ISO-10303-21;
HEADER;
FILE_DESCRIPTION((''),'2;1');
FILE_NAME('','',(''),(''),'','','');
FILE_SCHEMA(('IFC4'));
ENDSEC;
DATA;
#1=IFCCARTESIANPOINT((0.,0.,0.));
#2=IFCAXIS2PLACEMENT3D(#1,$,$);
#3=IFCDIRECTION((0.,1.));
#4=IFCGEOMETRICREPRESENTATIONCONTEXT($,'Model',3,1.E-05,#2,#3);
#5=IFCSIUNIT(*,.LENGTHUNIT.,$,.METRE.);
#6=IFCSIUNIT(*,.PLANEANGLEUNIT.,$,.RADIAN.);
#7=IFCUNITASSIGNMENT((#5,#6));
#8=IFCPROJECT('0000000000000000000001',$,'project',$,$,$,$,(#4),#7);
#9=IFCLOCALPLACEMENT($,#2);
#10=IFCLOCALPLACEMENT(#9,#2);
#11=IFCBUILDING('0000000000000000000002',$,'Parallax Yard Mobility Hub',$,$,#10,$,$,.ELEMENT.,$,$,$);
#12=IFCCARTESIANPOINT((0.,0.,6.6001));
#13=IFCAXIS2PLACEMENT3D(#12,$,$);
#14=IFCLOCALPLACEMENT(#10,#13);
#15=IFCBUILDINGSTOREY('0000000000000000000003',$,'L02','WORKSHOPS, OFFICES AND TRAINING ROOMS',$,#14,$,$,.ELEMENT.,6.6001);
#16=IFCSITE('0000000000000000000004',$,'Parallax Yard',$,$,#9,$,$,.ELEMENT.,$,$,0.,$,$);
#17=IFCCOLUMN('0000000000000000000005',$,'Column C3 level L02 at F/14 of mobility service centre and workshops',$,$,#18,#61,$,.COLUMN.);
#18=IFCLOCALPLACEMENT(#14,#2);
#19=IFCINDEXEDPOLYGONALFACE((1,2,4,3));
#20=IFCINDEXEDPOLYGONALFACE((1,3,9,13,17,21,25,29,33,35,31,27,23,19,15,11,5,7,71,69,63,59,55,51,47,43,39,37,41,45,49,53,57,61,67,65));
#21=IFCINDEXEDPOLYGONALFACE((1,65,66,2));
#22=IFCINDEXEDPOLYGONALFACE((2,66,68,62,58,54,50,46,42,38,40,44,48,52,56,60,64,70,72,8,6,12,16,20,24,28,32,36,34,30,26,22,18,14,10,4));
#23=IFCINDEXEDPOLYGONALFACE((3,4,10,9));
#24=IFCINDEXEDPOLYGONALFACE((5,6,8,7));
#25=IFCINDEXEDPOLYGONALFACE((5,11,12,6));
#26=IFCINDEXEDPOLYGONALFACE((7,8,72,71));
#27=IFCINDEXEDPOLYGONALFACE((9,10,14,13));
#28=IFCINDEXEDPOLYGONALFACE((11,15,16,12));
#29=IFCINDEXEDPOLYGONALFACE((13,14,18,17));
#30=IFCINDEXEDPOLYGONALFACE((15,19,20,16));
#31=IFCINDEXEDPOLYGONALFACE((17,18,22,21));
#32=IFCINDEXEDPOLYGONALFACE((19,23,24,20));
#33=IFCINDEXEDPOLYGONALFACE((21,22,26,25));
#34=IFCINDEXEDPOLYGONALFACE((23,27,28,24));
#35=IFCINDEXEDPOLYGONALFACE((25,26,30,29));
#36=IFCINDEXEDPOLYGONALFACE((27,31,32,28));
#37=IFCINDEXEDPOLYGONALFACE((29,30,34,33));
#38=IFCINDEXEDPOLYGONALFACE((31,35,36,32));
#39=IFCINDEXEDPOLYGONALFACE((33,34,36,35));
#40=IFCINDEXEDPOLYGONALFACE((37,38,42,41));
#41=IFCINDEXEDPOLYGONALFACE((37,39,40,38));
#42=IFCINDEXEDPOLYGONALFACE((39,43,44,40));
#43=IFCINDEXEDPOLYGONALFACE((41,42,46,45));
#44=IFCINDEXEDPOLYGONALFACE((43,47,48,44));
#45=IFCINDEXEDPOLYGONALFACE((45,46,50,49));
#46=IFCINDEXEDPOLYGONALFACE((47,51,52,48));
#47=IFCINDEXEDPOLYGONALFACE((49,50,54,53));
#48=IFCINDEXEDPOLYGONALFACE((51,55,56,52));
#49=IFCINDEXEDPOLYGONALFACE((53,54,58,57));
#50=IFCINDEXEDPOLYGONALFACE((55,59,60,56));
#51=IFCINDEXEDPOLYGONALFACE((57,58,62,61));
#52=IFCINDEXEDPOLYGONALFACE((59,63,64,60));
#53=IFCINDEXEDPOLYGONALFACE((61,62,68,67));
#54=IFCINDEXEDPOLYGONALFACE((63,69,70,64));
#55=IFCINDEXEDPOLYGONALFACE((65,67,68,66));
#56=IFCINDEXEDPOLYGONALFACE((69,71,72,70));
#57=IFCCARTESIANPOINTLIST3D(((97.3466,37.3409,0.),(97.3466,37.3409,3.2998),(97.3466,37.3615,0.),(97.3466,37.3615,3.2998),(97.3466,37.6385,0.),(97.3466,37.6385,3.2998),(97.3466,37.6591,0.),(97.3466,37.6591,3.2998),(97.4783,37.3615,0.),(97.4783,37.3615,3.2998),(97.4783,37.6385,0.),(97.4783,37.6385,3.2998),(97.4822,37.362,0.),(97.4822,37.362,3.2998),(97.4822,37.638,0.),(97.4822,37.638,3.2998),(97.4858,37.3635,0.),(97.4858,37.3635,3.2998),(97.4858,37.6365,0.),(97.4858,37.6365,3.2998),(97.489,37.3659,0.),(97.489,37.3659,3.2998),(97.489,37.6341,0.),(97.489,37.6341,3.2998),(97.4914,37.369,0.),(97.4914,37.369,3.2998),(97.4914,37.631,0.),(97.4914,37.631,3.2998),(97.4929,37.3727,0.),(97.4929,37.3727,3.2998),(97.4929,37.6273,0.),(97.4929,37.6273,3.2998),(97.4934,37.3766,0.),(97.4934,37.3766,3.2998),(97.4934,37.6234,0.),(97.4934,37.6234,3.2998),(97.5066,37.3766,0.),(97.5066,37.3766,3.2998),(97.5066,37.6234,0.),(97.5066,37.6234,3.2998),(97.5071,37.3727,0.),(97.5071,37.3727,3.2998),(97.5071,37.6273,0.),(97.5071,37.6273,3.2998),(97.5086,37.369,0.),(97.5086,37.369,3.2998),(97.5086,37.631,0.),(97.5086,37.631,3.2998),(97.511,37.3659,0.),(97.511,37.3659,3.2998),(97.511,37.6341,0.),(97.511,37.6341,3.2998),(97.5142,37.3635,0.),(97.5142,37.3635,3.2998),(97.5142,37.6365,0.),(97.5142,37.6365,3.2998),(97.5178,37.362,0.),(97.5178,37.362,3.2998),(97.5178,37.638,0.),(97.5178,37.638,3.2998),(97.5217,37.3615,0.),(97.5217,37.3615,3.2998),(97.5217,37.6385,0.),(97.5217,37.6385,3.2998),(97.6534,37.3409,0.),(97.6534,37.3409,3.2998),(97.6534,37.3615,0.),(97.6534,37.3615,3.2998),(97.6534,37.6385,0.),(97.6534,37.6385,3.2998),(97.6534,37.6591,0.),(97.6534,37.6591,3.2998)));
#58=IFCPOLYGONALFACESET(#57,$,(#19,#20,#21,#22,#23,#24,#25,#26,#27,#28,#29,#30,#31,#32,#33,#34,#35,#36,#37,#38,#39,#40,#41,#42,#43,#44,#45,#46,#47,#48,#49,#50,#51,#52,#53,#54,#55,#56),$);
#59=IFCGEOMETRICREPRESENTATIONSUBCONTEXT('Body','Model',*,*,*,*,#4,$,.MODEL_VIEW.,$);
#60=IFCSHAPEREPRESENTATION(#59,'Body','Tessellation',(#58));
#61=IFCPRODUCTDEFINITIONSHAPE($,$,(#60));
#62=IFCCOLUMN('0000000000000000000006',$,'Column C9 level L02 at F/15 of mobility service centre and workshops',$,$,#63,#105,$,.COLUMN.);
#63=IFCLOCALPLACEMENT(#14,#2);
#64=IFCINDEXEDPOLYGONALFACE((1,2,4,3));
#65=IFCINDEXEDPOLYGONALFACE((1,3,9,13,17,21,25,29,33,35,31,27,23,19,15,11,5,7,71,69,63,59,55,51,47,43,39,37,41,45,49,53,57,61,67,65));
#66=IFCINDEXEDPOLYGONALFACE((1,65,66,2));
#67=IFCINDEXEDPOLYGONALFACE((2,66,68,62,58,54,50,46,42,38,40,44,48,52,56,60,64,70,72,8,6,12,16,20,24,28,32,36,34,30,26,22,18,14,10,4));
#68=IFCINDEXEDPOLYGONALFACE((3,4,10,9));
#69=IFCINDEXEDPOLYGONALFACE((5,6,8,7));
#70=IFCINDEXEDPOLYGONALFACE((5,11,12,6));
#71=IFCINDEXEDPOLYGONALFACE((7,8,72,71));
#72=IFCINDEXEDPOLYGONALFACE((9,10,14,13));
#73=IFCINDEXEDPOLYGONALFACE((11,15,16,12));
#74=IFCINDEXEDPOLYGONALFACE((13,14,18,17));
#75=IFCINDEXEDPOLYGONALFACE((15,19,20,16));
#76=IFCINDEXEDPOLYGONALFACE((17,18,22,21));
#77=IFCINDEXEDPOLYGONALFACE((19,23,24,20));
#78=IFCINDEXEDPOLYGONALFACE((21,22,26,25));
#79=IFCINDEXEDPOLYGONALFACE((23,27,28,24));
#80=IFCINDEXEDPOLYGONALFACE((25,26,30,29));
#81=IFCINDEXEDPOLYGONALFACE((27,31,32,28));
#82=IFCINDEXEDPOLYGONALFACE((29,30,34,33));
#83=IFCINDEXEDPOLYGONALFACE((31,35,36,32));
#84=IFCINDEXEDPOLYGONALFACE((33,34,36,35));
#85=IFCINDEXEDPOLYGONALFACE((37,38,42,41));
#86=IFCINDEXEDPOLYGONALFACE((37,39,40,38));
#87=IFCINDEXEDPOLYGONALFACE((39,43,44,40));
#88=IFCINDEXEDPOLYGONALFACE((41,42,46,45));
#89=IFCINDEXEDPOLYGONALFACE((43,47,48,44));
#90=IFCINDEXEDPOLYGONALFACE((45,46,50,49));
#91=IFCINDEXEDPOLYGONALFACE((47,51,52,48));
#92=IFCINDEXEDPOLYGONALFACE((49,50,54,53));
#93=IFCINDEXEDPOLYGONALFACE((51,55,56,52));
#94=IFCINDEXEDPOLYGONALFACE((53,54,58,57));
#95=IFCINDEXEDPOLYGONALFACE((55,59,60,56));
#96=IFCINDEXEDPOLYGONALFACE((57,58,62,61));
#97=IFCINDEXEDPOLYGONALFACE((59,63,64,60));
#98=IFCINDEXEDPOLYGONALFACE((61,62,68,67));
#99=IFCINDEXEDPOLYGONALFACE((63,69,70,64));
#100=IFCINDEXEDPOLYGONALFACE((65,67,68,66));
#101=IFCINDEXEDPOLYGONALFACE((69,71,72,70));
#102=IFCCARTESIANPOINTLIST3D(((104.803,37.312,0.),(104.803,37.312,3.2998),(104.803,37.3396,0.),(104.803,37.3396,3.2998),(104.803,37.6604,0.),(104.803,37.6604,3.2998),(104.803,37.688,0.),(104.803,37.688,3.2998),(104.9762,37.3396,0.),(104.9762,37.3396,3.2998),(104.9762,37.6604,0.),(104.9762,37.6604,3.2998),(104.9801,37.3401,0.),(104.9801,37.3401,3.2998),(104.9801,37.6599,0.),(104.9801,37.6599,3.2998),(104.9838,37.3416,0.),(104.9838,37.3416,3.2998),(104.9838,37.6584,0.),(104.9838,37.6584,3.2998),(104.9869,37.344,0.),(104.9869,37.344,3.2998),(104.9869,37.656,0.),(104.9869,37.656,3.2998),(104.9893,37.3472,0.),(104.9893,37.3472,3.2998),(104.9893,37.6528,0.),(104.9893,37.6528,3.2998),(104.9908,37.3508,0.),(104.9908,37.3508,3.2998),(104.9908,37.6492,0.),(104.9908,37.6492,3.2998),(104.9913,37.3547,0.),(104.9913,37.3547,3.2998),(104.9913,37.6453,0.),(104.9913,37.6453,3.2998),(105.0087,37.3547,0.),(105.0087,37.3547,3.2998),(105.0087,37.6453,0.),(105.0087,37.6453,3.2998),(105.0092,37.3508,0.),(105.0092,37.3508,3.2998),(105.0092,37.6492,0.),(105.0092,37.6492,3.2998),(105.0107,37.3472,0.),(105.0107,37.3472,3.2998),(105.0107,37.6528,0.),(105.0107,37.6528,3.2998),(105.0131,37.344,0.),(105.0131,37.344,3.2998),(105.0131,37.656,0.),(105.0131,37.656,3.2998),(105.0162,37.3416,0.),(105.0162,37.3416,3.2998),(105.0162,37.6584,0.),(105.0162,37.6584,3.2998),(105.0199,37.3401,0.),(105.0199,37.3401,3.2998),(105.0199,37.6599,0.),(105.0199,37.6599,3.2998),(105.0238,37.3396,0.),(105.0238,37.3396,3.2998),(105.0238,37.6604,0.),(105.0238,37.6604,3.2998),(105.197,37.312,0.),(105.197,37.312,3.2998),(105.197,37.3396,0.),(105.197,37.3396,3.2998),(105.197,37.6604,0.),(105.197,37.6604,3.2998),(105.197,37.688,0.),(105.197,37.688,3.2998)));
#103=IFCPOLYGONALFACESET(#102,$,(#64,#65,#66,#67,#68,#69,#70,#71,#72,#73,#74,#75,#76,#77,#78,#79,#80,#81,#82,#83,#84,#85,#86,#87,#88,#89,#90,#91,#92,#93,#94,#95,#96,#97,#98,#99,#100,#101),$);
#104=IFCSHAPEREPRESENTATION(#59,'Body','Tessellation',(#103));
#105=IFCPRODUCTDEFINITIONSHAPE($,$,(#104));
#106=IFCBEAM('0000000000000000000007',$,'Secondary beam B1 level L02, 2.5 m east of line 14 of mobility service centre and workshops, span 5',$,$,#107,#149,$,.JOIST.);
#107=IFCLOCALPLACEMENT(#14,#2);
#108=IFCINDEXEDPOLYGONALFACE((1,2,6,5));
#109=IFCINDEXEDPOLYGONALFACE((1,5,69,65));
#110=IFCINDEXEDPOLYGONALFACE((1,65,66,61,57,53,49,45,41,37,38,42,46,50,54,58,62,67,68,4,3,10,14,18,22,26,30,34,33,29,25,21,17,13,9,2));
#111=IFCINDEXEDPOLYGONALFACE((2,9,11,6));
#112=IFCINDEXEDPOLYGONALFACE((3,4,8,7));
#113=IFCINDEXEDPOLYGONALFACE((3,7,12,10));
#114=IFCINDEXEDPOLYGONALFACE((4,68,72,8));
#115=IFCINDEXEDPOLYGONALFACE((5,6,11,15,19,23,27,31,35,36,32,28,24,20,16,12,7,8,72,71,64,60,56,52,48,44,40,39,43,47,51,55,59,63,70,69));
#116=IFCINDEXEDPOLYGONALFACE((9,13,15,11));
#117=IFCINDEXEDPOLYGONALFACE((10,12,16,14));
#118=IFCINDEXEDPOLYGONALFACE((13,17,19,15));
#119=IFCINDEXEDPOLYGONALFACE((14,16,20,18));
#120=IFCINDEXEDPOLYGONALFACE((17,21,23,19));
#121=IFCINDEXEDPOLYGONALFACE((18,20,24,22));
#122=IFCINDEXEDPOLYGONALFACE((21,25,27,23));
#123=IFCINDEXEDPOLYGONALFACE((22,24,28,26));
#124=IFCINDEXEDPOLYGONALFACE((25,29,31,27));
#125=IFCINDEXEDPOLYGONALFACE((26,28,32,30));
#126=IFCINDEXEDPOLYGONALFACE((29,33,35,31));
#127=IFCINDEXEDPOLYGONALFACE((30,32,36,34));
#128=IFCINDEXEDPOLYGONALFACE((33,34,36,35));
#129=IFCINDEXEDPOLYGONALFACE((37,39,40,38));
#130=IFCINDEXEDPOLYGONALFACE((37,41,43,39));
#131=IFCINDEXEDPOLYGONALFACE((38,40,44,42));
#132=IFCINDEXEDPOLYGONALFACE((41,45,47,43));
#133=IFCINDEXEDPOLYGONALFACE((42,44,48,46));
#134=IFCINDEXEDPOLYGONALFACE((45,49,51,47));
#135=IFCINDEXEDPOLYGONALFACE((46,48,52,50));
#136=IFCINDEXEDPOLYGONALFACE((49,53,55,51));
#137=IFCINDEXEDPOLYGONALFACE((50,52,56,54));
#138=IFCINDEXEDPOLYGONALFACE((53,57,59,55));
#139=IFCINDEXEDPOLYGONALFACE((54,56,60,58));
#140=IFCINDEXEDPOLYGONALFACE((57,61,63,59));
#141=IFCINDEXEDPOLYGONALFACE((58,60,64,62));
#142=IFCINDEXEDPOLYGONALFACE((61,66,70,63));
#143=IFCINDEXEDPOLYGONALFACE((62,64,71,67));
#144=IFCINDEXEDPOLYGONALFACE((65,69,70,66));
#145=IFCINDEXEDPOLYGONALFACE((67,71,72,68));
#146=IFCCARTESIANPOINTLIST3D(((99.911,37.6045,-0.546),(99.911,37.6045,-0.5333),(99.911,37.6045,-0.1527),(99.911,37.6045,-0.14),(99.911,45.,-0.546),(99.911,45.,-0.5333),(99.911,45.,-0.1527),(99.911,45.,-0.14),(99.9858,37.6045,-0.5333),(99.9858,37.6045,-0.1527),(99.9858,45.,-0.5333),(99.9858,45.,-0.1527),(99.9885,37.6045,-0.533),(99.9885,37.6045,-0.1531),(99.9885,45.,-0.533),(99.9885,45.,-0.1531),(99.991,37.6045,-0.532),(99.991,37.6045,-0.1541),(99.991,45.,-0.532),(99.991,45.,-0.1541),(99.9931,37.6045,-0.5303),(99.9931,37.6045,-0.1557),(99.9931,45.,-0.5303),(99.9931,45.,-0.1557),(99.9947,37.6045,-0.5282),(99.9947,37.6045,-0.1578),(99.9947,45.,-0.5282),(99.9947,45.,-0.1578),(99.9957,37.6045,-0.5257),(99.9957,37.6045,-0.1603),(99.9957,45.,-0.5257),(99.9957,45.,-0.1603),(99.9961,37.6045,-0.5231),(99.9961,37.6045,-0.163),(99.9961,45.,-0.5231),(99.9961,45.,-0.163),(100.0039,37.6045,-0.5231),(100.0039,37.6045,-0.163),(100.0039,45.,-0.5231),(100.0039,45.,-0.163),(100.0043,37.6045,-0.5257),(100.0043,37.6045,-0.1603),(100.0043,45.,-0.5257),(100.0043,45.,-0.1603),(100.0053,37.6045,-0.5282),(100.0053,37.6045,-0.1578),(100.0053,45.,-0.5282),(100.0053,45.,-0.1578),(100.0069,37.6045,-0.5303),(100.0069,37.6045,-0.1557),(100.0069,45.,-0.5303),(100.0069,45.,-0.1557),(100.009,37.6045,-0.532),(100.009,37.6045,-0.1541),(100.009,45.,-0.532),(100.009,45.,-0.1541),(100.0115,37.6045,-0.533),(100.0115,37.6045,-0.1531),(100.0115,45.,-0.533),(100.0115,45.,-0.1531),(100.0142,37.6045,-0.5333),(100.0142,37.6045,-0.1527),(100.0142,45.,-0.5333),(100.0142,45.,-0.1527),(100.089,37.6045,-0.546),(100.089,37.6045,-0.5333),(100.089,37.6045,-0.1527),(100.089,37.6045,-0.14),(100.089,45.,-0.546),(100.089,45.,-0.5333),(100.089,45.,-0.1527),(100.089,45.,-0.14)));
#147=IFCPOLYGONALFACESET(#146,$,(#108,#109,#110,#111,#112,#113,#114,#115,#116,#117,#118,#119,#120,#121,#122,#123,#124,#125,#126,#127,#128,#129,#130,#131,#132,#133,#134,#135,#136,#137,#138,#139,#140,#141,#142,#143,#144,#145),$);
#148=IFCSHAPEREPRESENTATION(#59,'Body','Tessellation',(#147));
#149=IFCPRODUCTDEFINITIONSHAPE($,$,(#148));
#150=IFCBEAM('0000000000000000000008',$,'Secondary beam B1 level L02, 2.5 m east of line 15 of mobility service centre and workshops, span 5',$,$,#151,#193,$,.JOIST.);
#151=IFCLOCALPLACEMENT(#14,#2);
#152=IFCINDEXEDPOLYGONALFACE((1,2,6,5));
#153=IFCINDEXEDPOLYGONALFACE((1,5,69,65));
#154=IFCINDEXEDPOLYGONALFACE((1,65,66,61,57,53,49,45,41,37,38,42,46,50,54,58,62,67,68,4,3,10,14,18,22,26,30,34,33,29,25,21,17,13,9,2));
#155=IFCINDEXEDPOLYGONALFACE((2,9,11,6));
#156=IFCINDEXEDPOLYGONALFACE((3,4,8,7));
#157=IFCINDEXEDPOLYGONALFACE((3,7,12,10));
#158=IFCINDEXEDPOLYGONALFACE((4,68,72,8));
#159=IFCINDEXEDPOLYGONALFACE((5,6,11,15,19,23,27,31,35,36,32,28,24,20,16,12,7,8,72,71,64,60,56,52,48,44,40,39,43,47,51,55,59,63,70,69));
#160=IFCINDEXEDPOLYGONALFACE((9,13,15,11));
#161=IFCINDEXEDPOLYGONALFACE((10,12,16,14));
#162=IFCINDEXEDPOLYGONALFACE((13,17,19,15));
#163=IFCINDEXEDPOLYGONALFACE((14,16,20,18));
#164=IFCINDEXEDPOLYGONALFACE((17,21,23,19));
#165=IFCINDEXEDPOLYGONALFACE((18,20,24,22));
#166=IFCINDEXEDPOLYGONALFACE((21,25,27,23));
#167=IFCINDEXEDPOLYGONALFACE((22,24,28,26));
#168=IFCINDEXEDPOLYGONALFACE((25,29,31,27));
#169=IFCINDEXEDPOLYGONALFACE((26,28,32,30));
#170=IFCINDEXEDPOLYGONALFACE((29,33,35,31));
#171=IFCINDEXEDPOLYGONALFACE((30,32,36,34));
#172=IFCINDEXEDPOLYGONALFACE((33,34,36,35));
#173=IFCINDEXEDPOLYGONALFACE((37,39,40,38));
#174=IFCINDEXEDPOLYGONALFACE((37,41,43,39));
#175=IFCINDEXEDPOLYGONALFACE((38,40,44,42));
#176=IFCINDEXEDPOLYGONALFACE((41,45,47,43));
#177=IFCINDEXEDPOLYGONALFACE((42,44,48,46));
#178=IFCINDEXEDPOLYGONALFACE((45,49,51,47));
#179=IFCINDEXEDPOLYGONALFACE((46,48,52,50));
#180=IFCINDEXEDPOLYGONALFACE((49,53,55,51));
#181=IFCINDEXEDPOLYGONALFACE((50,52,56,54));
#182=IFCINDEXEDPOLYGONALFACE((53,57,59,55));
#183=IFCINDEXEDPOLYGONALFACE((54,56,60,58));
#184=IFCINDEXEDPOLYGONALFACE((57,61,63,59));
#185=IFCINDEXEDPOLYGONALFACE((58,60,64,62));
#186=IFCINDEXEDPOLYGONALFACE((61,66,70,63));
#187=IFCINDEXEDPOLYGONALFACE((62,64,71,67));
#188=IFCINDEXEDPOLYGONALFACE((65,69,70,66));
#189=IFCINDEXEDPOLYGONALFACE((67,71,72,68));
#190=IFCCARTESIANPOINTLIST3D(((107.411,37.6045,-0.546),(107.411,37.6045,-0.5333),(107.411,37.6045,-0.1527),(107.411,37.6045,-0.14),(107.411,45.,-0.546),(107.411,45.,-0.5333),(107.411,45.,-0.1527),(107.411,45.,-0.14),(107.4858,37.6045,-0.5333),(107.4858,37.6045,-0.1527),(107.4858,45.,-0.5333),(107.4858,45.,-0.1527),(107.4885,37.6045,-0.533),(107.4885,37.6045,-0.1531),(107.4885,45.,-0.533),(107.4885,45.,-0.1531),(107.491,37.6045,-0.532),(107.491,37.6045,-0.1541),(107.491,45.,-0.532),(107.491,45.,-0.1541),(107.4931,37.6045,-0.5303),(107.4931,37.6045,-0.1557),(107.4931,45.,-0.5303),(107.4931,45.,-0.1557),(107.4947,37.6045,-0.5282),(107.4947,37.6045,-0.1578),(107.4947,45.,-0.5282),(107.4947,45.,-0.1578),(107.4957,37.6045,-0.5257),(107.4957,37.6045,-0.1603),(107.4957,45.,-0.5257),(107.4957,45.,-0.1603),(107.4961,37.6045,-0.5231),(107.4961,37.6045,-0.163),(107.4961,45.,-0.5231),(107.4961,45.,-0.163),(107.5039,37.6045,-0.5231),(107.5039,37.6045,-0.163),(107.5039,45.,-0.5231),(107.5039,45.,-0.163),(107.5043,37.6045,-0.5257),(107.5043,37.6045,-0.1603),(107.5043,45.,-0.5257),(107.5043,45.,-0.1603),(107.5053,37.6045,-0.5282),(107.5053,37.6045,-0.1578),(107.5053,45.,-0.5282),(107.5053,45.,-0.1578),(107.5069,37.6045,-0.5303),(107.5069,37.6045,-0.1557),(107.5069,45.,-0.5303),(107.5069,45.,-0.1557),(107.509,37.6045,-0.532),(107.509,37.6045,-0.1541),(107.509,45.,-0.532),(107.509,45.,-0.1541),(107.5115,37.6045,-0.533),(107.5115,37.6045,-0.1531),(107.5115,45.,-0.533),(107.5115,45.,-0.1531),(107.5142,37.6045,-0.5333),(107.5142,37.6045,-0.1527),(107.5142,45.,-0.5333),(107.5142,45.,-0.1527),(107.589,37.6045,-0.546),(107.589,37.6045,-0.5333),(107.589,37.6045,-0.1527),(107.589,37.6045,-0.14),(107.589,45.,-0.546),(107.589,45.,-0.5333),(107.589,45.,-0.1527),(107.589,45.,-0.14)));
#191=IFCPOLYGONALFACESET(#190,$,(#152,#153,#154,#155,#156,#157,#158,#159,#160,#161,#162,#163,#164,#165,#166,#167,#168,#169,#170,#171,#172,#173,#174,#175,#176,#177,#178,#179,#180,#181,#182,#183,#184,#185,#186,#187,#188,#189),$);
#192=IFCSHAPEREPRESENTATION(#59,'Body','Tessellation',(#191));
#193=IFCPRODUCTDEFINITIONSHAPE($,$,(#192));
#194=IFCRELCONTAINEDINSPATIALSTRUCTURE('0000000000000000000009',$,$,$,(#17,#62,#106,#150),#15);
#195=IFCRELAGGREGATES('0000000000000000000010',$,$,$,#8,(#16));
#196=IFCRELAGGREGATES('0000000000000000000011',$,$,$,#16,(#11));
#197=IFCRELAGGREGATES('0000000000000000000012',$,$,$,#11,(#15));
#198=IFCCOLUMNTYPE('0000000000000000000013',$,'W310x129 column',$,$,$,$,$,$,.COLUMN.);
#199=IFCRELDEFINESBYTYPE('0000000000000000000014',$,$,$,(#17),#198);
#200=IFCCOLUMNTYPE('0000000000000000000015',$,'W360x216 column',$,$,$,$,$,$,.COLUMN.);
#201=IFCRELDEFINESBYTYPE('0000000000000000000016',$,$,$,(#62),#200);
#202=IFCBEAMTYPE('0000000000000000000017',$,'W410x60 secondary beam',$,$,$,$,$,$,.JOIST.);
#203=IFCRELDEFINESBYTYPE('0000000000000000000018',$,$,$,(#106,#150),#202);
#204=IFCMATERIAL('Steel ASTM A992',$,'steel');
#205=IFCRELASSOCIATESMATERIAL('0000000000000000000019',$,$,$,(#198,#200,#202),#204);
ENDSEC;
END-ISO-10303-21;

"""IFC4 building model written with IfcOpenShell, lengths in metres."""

from ifc_helpers import new_model, si_unit, direction, frame, origin, origin_2d, place, context, subcontext, project, spatial, i_section, extrude, material, material_profile, profile_set, type_object, element, save


model = new_model("IFC4")

# Units and contexts
model_context = context("Model", 3, precision=1e-05, world=origin(), true_north=direction((0.0, 1.0)))
body_context = subcontext(model_context, "Body", "Model", "MODEL_VIEW")
ifc_project = project(units=[si_unit("LENGTHUNIT", "METRE"), si_unit("PLANEANGLEUNIT", "RADIAN")], contexts=[model_context])

# Site, building, storey
site_placement = place(None, origin())
site = spatial("IfcSite", under=ifc_project, at=site_placement, Name="Parallax Yard", CompositionType="ELEMENT", RefElevation=0.0)
building_placement = place(site_placement, origin())
building = spatial("IfcBuilding", under=site, at=building_placement, Name="Parallax Yard Mobility Hub", CompositionType="ELEMENT")
storey_placement = place(building_placement, frame((0.0, 0.0, 6.6001)))
storey = spatial("IfcBuildingStorey", under=building, at=storey_placement, Name="L02", Description="WORKSHOPS, OFFICES AND TRAINING ROOMS", CompositionType="ELEMENT", Elevation=6.6001)

# Columns
ifc_material_1 = material(Name="Steel ASTM A992", Category="steel")
ifc_material_profile_1 = material_profile(ifc_material_1, i_section(OverallWidth=0.3069, OverallDepth=0.3181, WebThickness=0.0132, FlangeThickness=0.0205, FilletRadius=0.0151, at=origin_2d()), Name="W310x129")
ifc_profile_set_1 = profile_set([ifc_material_profile_1], Name="Steel ASTM A992")
column_type_1 = type_object("IfcColumnType", Name="W310x129 column", PredefinedType="COLUMN", material=ifc_profile_set_1)
column_1_placement = place(storey_placement, frame((97.5, 37.5, 0.0), z_axis=(0.0, 0.0, 1.0), x_axis=(1.0, 0.0, 0.0)))
element("IfcColumn", 1, at=column_1_placement, inside=storey, type_object=column_type_1, Name="Column C3 level L02 at F/14 of mobility service centre and workshops", PredefinedType="COLUMN", context=body_context, shape_type="SweptSolid", body=[
    extrude(i_section(OverallWidth=0.3069, OverallDepth=0.3181, WebThickness=0.0132, FlangeThickness=0.0205, FilletRadius=0.0151, at=origin_2d()), origin(), (0.0, 0.0, 1.0), 3.2998),
])
ifc_material_profile_2 = material_profile(ifc_material_1, i_section(OverallWidth=0.394, OverallDepth=0.376, WebThickness=0.0173, FlangeThickness=0.0276, FilletRadius=0.0151, at=origin_2d()), Name="W360x216")
ifc_profile_set_2 = profile_set([ifc_material_profile_2], Name="Steel ASTM A992")
column_type_2 = type_object("IfcColumnType", Name="W360x216 column", PredefinedType="COLUMN", material=ifc_profile_set_2)
column_2_placement = place(storey_placement, frame((105.0, 37.5, 0.0), z_axis=(0.0, 0.0, 1.0), x_axis=(1.0, 0.0, 0.0)))
element("IfcColumn", 2, at=column_2_placement, inside=storey, type_object=column_type_2, Name="Column C9 level L02 at F/15 of mobility service centre and workshops", PredefinedType="COLUMN", context=body_context, shape_type="SweptSolid", body=[
    extrude(i_section(OverallWidth=0.394, OverallDepth=0.376, WebThickness=0.0173, FlangeThickness=0.0276, FilletRadius=0.0151, at=origin_2d()), origin(), (0.0, 0.0, 1.0), 3.2998),
])

# Beams
ifc_material_profile_3 = material_profile(ifc_material_1, i_section(OverallWidth=0.178, OverallDepth=0.406, WebThickness=0.0078, FlangeThickness=0.0127, FilletRadius=0.0103, at=origin_2d()), Name="W410x60")
ifc_profile_set_3 = profile_set([ifc_material_profile_3], Name="Steel ASTM A992")
beam_type_1 = type_object("IfcBeamType", Name="W410x60 secondary beam", PredefinedType="JOIST", material=ifc_profile_set_3)
for number, where, z_axis, x_axis, name in (
    (3, (100.0, 37.6045, -0.343), (0.0, 1.0, 0.0), (-1.0, 0.0, 0.0), "Secondary beam B1 level L02, 2.5 m east of line 14 of mobility service centre and workshops, span 5"),
    (4, (107.5, 37.6045, -0.343), (0.0, 1.0, 0.0), (-1.0, 0.0, 0.0), "Secondary beam B1 level L02, 2.5 m east of line 15 of mobility service centre and workshops, span 5"),
):
    element("IfcBeam", number, at=place(storey_placement, frame(where, z_axis=z_axis, x_axis=x_axis)), inside=storey, type_object=beam_type_1, Name=name, PredefinedType="JOIST", context=body_context, shape_type="SweptSolid", body=[
        extrude(i_section(OverallWidth=0.178, OverallDepth=0.406, WebThickness=0.0078, FlangeThickness=0.0127, FilletRadius=0.0103, at=origin_2d()), origin(), (0.0, 0.0, 1.0), 7.3955),
    ])

save(model, "model.ifc")
